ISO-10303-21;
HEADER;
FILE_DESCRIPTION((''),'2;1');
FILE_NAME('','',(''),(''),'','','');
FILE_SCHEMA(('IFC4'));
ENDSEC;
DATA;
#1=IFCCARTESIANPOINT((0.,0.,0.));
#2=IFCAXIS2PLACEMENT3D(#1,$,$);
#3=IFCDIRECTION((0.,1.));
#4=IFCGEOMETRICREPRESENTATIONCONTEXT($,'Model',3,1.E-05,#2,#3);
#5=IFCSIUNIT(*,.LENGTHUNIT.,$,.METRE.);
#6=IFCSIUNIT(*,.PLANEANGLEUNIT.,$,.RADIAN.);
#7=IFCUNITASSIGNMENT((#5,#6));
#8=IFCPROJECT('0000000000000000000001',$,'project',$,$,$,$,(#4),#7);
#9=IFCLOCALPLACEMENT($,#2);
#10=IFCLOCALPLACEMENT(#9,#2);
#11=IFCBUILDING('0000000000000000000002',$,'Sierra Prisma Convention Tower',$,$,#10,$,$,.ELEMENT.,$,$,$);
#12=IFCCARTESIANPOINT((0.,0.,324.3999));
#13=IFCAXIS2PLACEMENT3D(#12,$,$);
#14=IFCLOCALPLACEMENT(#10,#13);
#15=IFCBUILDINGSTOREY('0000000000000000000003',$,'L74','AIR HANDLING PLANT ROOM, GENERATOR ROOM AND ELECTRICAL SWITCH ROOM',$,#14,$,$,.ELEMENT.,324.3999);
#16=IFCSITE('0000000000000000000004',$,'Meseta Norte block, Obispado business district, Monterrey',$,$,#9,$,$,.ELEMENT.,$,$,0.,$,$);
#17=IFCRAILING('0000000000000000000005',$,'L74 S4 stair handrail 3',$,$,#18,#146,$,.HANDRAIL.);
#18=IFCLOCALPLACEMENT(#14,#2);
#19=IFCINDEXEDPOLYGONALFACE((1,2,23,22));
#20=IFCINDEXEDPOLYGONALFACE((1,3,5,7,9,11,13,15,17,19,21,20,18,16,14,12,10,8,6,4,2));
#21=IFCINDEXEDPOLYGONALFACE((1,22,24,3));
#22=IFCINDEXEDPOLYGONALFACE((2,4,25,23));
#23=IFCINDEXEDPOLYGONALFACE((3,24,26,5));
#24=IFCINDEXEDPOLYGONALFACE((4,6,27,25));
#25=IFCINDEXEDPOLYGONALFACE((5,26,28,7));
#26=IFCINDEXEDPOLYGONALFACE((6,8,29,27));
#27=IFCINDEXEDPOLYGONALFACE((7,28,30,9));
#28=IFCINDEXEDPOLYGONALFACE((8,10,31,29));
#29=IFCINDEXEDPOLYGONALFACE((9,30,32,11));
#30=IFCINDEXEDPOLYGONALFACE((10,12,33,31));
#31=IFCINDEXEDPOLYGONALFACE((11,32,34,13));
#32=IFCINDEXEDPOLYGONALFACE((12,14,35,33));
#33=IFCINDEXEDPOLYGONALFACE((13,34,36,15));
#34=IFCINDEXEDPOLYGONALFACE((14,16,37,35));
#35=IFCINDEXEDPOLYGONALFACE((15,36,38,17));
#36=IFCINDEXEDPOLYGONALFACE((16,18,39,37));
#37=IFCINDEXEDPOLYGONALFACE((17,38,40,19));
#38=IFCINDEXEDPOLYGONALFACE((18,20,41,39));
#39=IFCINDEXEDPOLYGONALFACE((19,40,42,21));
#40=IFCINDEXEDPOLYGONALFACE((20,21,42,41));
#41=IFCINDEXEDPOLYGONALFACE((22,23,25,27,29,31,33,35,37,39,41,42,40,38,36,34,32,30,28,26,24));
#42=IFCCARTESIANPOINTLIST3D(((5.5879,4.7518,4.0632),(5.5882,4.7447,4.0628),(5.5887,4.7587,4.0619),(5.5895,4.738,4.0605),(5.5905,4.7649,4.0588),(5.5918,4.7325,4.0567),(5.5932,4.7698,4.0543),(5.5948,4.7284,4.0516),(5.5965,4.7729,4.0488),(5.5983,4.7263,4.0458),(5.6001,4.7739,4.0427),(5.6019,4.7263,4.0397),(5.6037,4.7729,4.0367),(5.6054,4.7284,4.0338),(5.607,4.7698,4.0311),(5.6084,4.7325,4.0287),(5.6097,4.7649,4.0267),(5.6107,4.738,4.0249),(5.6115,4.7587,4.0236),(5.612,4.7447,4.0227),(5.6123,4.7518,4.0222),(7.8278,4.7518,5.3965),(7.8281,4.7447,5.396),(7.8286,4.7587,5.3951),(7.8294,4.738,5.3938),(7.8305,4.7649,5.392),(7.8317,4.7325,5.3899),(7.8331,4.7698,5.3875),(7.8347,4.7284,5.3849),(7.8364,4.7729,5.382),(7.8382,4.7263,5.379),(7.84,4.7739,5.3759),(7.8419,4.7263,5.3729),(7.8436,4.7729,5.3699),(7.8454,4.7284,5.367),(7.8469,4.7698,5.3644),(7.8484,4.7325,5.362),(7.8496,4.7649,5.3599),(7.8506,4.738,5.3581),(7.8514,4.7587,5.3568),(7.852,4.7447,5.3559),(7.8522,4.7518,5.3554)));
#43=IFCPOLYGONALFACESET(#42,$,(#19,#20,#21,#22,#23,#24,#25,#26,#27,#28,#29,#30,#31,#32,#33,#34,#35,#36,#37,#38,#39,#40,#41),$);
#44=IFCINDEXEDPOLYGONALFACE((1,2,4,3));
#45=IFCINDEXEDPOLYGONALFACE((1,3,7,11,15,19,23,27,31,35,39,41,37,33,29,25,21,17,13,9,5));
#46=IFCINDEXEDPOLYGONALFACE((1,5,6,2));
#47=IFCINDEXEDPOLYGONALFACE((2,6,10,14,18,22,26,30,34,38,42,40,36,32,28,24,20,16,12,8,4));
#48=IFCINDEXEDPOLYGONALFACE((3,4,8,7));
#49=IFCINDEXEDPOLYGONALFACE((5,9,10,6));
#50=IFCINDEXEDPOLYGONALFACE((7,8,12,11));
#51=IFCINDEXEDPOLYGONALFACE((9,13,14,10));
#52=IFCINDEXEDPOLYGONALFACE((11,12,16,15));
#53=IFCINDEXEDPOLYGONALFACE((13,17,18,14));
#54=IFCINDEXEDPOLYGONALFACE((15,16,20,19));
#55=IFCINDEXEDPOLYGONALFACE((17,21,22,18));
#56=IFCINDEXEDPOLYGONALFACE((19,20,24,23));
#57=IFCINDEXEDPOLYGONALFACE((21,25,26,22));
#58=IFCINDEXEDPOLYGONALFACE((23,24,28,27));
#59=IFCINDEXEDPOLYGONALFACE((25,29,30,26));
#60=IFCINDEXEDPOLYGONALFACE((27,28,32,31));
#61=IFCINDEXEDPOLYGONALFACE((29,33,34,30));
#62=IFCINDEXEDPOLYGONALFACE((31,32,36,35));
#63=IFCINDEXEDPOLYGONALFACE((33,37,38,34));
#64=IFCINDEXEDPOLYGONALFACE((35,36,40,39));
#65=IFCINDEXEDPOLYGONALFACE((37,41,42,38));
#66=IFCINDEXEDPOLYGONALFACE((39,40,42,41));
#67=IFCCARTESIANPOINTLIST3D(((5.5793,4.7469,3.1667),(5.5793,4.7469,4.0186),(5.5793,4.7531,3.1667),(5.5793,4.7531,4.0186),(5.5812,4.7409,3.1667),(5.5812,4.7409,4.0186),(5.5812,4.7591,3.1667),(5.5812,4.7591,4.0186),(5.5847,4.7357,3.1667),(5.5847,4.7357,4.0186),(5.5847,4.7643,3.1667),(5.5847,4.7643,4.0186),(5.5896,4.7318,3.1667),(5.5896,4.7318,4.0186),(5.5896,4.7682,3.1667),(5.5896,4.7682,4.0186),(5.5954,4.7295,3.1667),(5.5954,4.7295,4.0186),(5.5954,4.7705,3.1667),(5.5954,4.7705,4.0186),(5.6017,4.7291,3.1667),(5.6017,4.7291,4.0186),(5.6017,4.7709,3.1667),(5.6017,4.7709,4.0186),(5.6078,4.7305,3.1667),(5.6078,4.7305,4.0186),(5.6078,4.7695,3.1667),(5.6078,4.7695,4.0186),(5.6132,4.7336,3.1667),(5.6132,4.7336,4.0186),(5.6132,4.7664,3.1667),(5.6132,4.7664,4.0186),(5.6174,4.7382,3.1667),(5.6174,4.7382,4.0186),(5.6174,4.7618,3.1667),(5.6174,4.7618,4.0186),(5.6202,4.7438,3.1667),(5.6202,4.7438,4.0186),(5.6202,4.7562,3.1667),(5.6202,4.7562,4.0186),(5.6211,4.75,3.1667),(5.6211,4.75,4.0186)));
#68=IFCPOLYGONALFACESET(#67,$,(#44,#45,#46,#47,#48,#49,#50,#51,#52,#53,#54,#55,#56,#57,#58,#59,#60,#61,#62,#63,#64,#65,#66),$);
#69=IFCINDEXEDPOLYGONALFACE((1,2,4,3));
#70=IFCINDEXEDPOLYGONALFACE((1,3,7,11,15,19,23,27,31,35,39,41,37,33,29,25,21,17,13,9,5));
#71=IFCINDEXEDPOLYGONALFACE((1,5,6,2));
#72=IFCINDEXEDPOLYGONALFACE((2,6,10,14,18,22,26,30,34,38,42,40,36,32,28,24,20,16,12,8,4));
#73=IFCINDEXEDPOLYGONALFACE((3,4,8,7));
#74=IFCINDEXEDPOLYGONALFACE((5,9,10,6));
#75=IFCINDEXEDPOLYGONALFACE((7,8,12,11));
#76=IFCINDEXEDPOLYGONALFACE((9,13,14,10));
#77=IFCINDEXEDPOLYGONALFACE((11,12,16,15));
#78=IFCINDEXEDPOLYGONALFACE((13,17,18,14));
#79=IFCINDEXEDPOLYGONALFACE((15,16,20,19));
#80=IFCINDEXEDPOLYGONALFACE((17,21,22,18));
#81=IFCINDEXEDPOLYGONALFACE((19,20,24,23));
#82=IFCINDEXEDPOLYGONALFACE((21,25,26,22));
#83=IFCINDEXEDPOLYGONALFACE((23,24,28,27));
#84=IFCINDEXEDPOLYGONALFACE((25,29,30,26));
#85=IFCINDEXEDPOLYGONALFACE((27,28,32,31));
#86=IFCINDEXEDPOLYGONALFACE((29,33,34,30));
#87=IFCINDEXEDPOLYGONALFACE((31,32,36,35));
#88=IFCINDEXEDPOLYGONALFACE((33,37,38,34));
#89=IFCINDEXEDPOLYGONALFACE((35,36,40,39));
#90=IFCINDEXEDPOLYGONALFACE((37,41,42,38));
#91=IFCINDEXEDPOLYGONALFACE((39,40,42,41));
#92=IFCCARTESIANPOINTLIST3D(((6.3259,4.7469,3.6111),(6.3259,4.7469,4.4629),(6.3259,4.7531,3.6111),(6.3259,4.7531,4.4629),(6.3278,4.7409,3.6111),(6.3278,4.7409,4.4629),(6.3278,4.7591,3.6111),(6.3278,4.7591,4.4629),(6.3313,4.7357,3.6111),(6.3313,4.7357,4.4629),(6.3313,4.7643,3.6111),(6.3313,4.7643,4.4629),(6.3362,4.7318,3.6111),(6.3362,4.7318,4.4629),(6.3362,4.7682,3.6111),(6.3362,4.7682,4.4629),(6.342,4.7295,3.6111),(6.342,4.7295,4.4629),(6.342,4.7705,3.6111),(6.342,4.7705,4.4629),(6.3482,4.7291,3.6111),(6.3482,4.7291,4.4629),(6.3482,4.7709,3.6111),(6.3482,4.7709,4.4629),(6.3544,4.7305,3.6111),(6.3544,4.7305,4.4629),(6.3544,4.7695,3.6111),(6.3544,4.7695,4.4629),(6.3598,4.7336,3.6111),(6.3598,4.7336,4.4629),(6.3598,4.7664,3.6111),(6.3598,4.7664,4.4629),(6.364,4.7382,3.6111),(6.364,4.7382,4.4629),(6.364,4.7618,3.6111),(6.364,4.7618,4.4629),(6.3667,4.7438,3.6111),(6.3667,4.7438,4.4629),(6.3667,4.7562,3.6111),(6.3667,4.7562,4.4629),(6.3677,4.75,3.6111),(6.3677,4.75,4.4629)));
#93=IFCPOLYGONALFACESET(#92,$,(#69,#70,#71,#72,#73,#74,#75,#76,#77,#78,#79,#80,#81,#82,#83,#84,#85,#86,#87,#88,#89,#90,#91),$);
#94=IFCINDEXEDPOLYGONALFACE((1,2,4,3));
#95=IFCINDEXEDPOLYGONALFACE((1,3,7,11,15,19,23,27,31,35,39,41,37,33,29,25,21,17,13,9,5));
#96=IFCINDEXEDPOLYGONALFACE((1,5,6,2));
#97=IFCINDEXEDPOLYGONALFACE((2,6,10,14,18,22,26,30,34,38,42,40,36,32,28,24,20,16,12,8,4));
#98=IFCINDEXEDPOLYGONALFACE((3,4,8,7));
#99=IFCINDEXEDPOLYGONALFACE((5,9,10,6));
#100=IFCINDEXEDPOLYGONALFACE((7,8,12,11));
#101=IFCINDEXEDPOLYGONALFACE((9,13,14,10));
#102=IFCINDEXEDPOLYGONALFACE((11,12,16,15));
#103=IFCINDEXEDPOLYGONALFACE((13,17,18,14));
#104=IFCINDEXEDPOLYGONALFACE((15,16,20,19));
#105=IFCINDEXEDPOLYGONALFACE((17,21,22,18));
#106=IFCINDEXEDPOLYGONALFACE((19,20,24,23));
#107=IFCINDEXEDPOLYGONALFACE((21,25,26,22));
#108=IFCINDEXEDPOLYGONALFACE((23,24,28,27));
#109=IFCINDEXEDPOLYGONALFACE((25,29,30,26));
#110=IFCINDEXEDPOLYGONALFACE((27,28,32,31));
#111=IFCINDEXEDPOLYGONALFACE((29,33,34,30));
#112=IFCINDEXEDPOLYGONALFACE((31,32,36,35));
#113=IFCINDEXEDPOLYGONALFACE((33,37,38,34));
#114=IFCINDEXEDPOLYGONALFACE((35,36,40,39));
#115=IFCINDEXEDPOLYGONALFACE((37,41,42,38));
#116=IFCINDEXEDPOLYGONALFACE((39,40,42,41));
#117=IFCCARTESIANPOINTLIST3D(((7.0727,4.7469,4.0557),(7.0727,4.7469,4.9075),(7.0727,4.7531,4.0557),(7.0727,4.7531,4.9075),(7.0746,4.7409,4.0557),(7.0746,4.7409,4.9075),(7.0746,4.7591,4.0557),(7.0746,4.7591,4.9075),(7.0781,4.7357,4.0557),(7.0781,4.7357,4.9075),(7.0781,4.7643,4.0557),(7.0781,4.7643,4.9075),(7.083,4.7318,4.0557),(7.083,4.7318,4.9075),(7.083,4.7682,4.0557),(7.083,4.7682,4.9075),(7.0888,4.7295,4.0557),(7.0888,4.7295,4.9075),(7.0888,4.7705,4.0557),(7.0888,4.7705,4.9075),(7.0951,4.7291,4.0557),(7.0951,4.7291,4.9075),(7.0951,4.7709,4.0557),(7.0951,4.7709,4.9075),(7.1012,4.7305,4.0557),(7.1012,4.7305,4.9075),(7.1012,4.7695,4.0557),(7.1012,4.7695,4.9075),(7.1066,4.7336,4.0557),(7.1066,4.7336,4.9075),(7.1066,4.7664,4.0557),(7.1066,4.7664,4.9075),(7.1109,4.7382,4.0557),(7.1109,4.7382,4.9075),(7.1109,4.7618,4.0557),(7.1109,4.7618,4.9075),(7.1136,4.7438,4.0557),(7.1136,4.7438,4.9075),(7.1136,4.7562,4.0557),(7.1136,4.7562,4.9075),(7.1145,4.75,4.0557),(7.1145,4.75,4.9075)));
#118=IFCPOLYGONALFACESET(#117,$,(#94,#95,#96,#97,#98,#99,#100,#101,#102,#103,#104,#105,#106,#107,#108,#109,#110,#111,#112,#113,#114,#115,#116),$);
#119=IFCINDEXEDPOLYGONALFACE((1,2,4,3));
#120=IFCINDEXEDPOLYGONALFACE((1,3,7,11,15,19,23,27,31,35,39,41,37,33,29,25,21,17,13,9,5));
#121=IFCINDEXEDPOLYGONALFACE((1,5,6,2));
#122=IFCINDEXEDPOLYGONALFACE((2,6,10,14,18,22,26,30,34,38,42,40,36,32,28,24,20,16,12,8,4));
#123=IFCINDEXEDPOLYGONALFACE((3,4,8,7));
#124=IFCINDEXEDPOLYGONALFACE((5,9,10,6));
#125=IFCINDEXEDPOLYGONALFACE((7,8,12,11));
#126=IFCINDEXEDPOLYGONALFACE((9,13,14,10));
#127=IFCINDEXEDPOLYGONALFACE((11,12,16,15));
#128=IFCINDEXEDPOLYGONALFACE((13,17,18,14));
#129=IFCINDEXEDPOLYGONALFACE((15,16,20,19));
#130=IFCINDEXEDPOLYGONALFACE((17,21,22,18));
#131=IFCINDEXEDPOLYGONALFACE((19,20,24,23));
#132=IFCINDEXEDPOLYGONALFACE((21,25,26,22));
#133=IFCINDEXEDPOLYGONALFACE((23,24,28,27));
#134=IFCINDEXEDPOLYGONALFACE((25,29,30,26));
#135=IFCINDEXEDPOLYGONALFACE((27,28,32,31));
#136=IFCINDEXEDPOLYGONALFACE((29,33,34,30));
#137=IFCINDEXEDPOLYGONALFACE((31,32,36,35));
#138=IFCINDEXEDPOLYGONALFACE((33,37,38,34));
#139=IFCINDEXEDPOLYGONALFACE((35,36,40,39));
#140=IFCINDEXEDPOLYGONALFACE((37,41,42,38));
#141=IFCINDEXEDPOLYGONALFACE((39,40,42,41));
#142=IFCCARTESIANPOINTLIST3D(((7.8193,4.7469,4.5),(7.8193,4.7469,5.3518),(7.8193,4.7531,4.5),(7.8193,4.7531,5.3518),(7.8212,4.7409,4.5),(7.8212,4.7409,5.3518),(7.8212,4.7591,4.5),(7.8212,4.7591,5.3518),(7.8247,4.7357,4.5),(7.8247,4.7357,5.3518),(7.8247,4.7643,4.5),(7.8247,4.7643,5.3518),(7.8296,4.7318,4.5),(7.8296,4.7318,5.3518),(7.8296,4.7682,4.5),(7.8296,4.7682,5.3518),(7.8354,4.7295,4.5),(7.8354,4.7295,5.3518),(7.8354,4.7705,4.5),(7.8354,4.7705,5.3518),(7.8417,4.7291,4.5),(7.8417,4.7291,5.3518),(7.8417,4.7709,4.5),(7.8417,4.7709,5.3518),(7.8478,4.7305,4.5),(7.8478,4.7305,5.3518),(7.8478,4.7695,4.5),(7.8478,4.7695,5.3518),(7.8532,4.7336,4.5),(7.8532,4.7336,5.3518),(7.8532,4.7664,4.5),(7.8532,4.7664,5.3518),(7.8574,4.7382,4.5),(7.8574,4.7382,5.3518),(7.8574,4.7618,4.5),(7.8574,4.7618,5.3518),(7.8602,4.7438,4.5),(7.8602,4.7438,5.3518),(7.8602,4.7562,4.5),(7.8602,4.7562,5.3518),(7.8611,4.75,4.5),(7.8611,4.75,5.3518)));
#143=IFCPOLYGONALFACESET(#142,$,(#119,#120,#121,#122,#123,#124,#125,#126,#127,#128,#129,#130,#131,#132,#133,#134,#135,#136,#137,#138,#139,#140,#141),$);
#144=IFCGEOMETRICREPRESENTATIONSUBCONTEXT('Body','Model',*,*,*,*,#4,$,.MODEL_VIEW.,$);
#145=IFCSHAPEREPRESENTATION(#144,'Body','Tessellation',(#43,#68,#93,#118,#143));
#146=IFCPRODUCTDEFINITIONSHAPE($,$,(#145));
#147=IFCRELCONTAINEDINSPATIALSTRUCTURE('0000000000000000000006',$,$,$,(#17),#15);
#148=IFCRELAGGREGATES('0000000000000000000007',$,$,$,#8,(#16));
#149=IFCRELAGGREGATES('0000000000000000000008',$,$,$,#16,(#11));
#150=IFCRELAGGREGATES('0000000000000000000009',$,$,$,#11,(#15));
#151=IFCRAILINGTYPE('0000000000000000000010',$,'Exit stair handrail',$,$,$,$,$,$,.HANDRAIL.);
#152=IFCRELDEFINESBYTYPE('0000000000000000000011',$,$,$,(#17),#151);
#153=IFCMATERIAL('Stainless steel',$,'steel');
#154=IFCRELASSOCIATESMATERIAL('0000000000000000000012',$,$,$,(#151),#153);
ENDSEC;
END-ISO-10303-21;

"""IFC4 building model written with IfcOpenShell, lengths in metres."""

from ifc_helpers import new_model, si_unit, direction, frame, origin, origin_2d, place, context, subcontext, project, spatial, circle, extrude, material, type_object, element, save


model = new_model("IFC4")

# Units and contexts
model_context = context("Model", 3, precision=1e-05, world=origin(), true_north=direction((0.0, 1.0)))
body_context = subcontext(model_context, "Body", "Model", "MODEL_VIEW")
ifc_project = project(units=[si_unit("LENGTHUNIT", "METRE"), si_unit("PLANEANGLEUNIT", "RADIAN")], contexts=[model_context])

# Site, building, storey
site_placement = place(None, origin())
site = spatial("IfcSite", under=ifc_project, at=site_placement, Name="Meseta Norte block, Obispado business district, Monterrey", CompositionType="ELEMENT", RefElevation=0.0)
building_placement = place(site_placement, origin())
building = spatial("IfcBuilding", under=site, at=building_placement, Name="Sierra Prisma Convention Tower", CompositionType="ELEMENT")
storey_placement = place(building_placement, frame((0.0, 0.0, 324.3999)))
storey = spatial("IfcBuildingStorey", under=building, at=storey_placement, Name="L74", Description="AIR HANDLING PLANT ROOM, GENERATOR ROOM AND ELECTRICAL SWITCH ROOM", CompositionType="ELEMENT", Elevation=324.3999)

# Railing
ifc_material_1 = material(Name="Stainless steel", Category="steel")
railing_type_1 = type_object("IfcRailingType", Name="Exit stair handrail", PredefinedType="HANDRAIL", material=ifc_material_1)
for number, where, name in (
    (1, (5.6001, 4.75, 3.1667), "L74 S4 stair handrail 3"),
):
    element("IfcRailing", number, at=place(storey_placement, frame(where)), inside=storey, type_object=railing_type_1, Name=name, PredefinedType="HANDRAIL", context=body_context, shape_type="SweptSolid", body=[
        extrude(circle(Radius=0.0239, at=origin_2d()), frame((0.0, 0.0, 0.876), z_axis=(0.859306, 0.0, 0.511462), x_axis=(0.0, 1.0, 0.0)), (0.0, 0.0, 1.0), 2.6067),
        extrude(circle(Radius=0.021, at=origin_2d()), origin(), (0.0, 0.0, 1.0), 0.8518),
        extrude(circle(Radius=0.021, at=origin_2d()), frame((0.7466, 0.0, 0.4443)), (0.0, 0.0, 1.0), 0.8518),
        extrude(circle(Radius=0.021, at=origin_2d()), frame((1.4934, 0.0, 0.8889)), (0.0, 0.0, 1.0), 0.8518),
        extrude(circle(Radius=0.021, at=origin_2d()), frame((2.24, 0.0, 1.3333)), (0.0, 0.0, 1.0), 0.8518),
    ])

save(model, "model.ifc")
